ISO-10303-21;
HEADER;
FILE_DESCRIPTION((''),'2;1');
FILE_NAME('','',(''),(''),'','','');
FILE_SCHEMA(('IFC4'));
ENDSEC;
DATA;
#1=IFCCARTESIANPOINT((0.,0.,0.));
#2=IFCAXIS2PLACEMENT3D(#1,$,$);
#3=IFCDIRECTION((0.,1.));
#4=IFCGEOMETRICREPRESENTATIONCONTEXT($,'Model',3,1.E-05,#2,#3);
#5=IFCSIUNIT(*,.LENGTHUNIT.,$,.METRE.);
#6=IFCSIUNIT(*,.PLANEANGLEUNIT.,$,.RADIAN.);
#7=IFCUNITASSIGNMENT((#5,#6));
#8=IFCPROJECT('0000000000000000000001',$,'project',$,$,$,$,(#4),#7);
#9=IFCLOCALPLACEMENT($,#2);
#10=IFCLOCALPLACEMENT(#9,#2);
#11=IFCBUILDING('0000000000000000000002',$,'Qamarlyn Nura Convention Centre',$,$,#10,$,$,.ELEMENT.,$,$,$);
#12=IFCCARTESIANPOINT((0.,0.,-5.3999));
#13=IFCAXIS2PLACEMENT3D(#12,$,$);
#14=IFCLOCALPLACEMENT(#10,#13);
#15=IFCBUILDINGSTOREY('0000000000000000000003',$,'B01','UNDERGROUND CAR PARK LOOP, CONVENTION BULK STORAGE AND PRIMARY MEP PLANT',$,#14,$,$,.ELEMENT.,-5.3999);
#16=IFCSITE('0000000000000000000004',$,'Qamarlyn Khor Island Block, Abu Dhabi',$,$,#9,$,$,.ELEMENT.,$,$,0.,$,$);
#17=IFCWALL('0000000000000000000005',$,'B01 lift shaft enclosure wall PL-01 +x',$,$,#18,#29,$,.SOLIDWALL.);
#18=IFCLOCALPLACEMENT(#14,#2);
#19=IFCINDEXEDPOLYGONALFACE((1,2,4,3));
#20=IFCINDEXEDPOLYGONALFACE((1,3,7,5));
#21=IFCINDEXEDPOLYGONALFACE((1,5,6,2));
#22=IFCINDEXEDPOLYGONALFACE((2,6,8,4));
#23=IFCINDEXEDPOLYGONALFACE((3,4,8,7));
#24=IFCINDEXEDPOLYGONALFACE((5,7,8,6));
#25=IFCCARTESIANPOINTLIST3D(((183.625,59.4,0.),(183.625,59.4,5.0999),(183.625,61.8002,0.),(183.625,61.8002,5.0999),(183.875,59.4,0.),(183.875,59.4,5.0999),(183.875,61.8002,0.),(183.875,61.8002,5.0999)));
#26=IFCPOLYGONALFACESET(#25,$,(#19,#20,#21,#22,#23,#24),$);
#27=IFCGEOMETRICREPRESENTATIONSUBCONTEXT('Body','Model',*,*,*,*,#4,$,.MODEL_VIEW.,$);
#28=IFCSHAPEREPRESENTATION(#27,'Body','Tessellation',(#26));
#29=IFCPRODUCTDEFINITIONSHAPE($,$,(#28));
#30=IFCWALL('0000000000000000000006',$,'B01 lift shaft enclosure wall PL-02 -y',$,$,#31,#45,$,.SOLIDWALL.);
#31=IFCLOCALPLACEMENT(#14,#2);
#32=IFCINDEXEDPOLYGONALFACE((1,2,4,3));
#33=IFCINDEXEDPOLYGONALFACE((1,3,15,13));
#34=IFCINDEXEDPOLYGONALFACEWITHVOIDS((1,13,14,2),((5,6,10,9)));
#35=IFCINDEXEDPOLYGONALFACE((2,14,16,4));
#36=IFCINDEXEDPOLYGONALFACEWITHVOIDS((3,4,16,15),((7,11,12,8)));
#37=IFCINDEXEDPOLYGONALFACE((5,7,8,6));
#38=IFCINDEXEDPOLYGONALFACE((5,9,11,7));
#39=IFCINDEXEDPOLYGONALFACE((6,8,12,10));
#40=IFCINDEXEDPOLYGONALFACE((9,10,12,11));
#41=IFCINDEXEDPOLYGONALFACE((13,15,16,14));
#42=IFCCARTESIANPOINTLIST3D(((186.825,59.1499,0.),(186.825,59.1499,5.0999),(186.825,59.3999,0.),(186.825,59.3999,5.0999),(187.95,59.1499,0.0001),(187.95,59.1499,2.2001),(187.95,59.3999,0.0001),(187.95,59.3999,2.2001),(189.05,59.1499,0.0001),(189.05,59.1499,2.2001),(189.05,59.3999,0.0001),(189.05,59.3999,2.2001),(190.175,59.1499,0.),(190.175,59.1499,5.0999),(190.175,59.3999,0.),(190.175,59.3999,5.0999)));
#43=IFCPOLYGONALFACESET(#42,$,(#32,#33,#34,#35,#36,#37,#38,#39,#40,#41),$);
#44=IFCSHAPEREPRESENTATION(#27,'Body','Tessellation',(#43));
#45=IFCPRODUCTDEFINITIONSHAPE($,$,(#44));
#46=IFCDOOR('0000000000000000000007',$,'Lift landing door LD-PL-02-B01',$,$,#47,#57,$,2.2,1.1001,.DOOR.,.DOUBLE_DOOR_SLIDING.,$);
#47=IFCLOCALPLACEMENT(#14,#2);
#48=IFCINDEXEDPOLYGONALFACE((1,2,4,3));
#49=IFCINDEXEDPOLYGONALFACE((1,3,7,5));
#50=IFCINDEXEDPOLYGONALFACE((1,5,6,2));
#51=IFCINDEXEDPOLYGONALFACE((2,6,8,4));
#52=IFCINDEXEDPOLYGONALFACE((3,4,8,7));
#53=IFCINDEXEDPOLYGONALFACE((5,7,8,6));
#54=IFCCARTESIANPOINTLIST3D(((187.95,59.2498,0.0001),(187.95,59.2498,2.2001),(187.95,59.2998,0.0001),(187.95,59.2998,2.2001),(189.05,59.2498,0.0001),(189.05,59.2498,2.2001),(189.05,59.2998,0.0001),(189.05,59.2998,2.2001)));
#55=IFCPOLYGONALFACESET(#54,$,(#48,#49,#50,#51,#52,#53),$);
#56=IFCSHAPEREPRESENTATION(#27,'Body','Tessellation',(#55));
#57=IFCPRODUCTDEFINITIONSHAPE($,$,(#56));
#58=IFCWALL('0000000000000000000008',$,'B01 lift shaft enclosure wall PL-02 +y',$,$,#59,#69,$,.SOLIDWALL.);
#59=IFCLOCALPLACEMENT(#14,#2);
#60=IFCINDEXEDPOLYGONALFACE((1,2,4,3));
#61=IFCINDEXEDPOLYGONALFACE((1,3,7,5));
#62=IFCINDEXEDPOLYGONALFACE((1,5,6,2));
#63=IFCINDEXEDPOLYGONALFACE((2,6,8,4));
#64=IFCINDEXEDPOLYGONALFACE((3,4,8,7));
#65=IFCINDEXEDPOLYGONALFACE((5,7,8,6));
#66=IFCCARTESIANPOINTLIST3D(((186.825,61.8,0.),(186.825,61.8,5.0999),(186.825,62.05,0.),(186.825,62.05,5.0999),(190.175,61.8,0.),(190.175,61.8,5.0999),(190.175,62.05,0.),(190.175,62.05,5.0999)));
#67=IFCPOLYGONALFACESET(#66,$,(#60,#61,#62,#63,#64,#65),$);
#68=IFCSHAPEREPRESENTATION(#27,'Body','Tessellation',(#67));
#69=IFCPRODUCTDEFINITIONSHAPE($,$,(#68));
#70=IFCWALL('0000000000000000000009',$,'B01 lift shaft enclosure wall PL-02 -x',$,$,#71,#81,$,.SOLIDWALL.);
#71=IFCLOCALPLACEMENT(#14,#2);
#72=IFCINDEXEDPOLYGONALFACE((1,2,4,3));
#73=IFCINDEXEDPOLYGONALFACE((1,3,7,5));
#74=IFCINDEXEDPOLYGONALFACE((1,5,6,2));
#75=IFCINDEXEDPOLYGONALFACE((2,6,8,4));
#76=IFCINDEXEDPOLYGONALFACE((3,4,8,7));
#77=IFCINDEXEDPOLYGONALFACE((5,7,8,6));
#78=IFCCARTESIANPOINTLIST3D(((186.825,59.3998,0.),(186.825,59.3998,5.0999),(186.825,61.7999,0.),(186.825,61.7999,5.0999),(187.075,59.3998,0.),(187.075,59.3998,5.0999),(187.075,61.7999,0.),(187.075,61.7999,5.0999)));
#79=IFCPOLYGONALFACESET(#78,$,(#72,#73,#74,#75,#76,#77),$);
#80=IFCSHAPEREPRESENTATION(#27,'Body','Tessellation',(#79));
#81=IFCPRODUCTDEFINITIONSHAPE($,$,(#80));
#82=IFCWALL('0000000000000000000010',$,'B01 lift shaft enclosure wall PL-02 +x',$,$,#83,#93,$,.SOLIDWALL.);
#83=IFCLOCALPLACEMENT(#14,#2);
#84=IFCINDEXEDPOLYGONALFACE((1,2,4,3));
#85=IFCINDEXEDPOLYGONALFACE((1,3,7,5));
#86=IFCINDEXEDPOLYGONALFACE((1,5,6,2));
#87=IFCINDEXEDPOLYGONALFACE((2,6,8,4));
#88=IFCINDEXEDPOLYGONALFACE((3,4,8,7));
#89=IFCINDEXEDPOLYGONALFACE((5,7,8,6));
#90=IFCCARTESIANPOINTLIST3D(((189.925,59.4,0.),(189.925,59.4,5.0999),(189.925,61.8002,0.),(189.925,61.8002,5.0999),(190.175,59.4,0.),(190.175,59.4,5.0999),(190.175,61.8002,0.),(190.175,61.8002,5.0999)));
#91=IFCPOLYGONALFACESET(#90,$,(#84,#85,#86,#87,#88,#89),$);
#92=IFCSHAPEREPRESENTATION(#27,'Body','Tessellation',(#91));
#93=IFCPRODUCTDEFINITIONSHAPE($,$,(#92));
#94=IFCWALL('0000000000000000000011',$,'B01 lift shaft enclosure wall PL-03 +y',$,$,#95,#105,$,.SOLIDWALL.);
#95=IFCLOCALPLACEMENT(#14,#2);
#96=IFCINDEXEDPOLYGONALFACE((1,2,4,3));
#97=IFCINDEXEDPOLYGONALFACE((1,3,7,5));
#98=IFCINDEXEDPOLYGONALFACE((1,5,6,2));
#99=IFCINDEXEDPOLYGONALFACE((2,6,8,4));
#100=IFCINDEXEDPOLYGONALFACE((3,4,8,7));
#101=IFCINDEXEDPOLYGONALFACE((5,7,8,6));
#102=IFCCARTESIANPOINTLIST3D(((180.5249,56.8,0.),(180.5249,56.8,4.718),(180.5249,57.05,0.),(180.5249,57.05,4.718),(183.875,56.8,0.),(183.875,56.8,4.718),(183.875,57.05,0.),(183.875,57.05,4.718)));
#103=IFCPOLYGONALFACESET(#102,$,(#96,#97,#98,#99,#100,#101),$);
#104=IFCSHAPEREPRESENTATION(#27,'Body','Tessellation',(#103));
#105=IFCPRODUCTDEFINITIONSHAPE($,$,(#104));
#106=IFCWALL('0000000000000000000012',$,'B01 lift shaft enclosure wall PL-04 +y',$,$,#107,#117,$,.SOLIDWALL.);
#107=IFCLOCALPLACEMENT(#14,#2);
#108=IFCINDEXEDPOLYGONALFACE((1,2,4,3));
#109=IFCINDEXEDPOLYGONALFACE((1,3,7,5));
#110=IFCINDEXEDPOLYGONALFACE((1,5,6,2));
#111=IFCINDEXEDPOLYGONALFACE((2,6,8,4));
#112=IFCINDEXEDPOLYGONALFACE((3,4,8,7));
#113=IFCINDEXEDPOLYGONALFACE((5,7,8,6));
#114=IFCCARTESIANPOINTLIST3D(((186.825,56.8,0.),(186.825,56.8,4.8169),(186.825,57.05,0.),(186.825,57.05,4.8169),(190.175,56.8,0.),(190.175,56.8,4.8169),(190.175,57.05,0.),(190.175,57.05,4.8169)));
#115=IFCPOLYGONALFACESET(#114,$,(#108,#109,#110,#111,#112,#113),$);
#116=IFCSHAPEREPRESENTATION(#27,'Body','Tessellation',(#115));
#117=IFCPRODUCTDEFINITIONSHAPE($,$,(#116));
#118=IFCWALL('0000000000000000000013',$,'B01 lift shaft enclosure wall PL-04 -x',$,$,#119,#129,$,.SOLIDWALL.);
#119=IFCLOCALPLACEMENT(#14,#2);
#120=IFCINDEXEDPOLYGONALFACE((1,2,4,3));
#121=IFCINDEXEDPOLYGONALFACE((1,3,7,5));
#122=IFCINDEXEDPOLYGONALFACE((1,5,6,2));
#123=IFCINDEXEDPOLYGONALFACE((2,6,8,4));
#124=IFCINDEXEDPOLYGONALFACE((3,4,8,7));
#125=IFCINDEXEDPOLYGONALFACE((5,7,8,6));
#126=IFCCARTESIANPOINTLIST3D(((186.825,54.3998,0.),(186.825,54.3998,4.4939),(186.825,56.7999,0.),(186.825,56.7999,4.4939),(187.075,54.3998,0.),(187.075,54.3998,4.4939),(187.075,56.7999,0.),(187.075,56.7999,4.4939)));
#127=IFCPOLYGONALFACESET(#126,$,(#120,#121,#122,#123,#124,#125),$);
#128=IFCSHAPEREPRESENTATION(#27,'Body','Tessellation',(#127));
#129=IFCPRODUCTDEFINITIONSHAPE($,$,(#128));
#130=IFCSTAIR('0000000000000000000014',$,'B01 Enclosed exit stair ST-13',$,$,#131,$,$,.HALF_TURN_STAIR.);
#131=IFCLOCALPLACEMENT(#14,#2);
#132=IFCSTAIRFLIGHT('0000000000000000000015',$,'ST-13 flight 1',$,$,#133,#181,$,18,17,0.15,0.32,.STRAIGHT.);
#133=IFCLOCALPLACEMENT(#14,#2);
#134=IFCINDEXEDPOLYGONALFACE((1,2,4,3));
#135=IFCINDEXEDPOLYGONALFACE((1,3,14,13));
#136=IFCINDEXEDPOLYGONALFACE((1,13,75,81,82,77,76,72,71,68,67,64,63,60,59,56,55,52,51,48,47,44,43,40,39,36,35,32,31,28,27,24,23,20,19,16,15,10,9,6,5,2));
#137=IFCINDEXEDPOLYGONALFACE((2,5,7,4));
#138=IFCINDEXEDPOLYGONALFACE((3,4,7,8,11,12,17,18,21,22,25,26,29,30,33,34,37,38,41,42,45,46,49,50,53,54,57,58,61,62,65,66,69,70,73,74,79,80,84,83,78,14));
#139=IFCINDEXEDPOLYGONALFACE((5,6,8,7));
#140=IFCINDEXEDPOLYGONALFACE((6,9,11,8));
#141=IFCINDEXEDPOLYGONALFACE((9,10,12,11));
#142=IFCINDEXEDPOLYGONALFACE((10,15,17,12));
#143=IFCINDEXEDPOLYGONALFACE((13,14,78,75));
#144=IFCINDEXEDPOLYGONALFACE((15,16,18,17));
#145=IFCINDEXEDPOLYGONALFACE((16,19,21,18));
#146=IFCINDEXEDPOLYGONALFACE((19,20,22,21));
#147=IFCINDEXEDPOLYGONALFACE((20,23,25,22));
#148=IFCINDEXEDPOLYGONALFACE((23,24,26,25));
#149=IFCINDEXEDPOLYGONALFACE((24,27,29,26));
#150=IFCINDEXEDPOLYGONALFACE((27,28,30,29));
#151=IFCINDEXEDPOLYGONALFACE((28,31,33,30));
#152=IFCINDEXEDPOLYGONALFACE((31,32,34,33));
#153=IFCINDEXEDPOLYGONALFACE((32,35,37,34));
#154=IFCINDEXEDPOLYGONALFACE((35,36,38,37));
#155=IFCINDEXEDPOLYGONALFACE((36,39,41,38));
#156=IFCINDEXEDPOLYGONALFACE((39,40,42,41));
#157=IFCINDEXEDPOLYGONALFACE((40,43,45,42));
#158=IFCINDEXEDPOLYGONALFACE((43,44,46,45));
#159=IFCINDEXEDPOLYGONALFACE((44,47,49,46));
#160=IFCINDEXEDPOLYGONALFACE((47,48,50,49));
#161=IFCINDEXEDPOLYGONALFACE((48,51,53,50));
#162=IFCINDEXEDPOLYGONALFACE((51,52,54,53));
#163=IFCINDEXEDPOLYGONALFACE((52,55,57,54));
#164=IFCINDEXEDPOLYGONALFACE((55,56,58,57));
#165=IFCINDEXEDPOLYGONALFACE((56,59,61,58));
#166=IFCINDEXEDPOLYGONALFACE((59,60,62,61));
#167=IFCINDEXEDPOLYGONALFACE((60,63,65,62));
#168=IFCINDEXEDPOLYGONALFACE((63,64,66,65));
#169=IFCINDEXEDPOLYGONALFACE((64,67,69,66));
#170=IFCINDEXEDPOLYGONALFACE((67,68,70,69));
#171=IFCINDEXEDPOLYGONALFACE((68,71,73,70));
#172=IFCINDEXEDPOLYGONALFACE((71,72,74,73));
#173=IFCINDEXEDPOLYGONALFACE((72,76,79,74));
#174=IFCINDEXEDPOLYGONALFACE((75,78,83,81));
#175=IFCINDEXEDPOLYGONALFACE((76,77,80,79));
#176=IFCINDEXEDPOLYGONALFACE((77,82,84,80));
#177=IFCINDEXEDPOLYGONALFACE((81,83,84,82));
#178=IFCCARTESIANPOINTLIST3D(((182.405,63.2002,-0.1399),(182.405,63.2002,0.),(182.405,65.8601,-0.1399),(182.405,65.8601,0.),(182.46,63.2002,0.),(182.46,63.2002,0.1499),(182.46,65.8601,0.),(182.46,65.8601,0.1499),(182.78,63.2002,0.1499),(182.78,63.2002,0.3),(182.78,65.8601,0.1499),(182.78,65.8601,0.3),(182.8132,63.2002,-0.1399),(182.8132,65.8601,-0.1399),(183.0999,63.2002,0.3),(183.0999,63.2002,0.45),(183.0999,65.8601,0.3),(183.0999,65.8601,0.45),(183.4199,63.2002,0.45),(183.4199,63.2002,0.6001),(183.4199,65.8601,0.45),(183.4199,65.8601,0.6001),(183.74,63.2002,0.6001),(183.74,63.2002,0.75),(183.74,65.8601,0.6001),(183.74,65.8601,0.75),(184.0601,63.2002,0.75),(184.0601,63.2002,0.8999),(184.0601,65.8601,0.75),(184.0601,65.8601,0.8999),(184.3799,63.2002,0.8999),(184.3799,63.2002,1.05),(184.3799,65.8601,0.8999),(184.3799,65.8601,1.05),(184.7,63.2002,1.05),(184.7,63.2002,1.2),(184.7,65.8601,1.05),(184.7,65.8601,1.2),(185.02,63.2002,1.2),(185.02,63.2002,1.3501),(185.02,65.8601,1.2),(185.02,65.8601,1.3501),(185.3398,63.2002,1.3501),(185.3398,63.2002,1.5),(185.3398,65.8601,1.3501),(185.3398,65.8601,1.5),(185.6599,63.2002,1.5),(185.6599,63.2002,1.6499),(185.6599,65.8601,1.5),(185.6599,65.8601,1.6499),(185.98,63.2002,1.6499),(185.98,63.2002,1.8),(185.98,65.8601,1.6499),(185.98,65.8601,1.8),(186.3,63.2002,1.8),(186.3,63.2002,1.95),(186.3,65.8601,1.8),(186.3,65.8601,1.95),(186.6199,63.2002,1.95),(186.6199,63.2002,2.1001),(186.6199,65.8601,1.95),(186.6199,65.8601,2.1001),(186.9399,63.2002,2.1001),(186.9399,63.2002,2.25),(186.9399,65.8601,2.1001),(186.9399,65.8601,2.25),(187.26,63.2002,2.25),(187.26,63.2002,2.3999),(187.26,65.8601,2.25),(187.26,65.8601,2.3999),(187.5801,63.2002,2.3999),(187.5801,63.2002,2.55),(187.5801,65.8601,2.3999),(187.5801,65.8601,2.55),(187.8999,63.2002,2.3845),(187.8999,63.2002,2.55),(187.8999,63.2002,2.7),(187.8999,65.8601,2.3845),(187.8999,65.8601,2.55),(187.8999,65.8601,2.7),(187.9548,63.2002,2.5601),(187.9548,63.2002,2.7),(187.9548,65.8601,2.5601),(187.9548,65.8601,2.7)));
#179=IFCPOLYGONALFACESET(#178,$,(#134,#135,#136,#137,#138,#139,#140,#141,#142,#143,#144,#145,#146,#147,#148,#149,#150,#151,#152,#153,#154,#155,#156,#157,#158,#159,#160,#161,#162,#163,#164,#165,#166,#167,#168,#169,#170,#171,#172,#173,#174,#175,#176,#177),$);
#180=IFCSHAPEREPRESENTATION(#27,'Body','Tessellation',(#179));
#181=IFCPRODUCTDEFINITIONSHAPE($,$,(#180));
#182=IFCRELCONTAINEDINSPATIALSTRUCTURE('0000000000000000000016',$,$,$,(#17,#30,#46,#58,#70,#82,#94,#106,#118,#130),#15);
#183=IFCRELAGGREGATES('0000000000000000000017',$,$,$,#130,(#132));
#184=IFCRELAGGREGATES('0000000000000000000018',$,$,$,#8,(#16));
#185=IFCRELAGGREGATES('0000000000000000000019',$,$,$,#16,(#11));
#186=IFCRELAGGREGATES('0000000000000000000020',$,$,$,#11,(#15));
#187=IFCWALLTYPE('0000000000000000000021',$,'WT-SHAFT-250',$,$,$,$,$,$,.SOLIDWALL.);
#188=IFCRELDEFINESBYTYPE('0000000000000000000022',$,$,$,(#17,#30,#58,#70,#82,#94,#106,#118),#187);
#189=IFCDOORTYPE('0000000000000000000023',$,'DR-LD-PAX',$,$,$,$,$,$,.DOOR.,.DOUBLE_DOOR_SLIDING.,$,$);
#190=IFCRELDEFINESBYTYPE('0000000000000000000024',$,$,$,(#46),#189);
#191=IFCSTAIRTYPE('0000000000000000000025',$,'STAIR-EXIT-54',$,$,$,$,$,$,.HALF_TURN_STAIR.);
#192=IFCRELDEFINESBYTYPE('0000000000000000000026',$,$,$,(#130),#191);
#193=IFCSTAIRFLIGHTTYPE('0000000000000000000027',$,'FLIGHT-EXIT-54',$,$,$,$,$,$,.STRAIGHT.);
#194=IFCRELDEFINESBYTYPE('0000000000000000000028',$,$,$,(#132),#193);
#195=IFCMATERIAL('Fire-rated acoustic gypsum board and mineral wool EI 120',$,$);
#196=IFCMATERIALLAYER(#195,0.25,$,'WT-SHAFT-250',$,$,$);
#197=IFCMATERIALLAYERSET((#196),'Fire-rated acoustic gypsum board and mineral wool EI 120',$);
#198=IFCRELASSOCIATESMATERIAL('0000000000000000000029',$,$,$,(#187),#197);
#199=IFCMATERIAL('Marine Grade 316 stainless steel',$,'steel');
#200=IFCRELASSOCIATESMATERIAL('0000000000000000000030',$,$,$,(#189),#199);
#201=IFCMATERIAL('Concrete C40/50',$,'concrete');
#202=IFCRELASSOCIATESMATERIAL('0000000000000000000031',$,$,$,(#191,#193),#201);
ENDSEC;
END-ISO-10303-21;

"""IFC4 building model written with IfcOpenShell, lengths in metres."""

from ifc_helpers import new_model, si_unit, direction, frame, frame_2d, origin, place, context, subcontext, project, spatial, polyline, rectangle, outline, extrude, material, layer, layer_set, type_object, element, fill, aggregate, save


model = new_model("IFC4")

# Units and contexts
model_context = context("Model", 3, precision=1e-05, world=origin(), true_north=direction((0.0, 1.0)))
body_context = subcontext(model_context, "Body", "Model", "MODEL_VIEW")
ifc_project = project(units=[si_unit("LENGTHUNIT", "METRE"), si_unit("PLANEANGLEUNIT", "RADIAN")], contexts=[model_context])

# Site, building, storey
site_placement = place(None, origin())
site = spatial("IfcSite", under=ifc_project, at=site_placement, Name="Qamarlyn Khor Island Block, Abu Dhabi", CompositionType="ELEMENT", RefElevation=0.0)
building_placement = place(site_placement, origin())
building = spatial("IfcBuilding", under=site, at=building_placement, Name="Qamarlyn Nura Convention Centre", CompositionType="ELEMENT")
storey_placement = place(building_placement, frame((0.0, 0.0, -5.3999)))
storey = spatial("IfcBuildingStorey", under=building, at=storey_placement, Name="B01", Description="UNDERGROUND CAR PARK LOOP, CONVENTION BULK STORAGE AND PRIMARY MEP PLANT", CompositionType="ELEMENT", Elevation=-5.3999)

# Shared definitions
ifc_material_1 = material(Name="Concrete C40/50", Category="concrete")

# Wall
ifc_material_2 = material(Name="Fire-rated acoustic gypsum board and mineral wool EI 120")
ifc_layer_1 = layer(ifc_material_2, 0.25, Name="WT-SHAFT-250")
ifc_layer_set_1 = layer_set([ifc_layer_1], Name="Fire-rated acoustic gypsum board and mineral wool EI 120")
wall_type_1 = type_object("IfcWallType", Name="WT-SHAFT-250", PredefinedType="SOLIDWALL", material=ifc_layer_set_1)
wall_1_placement = place(storey_placement, frame((183.75, 59.3999, 0.0), z_axis=(0.0, 0.0, 1.0), x_axis=(0.0, 1.0, 0.0)))
element("IfcWall", 1, at=wall_1_placement, inside=storey, type_object=wall_type_1, Name="B01 lift shaft enclosure wall PL-01 +x", PredefinedType="SOLIDWALL", context=body_context, shape_type="SweptSolid", body=[
    extrude(rectangle(XDim=2.4001, YDim=0.25, at=frame_2d((1.2002, 0.0))), origin(), (0.0, 0.0, 1.0), 5.0999),
])

# Wall, opening, door
wall_2_placement = place(storey_placement, frame((186.825, 59.2749, 0.0), z_axis=(0.0, 0.0, 1.0), x_axis=(1.0, 0.0, 0.0)))
wall_2 = element("IfcWall", 2, at=wall_2_placement, inside=storey, type_object=wall_type_1, Name="B01 lift shaft enclosure wall PL-02 -y", PredefinedType="SOLIDWALL", context=body_context, shape_type="SweptSolid", body=[
    extrude(rectangle(XDim=3.3501, YDim=0.25, at=frame_2d((1.675, 0.0))), origin(), (0.0, 0.0, 1.0), 5.0999),
])
opening_placement = place(wall_2_placement, frame((1.125, 0.0, 0.0)))
opening = element("IfcOpeningElement", 3, at=opening_placement, cuts=wall_2, PredefinedType="OPENING", context=body_context, shape_type="SweptSolid", body=[
    extrude(rectangle(XDim=1.1001, YDim=2.2, at=frame_2d((0.55, 1.1001))), frame((0.0, 0.135, 0.0), z_axis=(0.0, -1.0, 0.0), x_axis=(1.0, 0.0, 0.0)), (0.0, 0.0, 1.0), 0.27),
])
ifc_material_3 = material(Name="Marine Grade 316 stainless steel", Category="steel")
door_type = type_object("IfcDoorType", Name="DR-LD-PAX", OperationType="DOUBLE_DOOR_SLIDING", PredefinedType="DOOR", material=ifc_material_3)
door_placement = place(opening_placement, origin())
door = element("IfcDoor", 4, at=door_placement, inside=storey, type_object=door_type, Name="Lift landing door LD-PL-02-B01", OperationType="DOUBLE_DOOR_SLIDING", OverallHeight=2.2, OverallWidth=1.1001, PredefinedType="DOOR", context=body_context, shape_type="SweptSolid", body=[
    extrude(rectangle(XDim=1.1001, YDim=2.2, at=frame_2d((0.55, 1.1001))), frame((0.0, 0.0249, 0.0), z_axis=(0.0, -1.0, 0.0), x_axis=(1.0, 0.0, 0.0)), (0.0, 0.0, 1.0), 0.05),
])
fill(opening, door)

# Walls
wall_3_placement = place(storey_placement, frame((190.175, 61.925, 0.0), z_axis=(0.0, 0.0, 1.0), x_axis=(-1.0, 0.0, 0.0)))
element("IfcWall", 5, at=wall_3_placement, inside=storey, type_object=wall_type_1, Name="B01 lift shaft enclosure wall PL-02 +y", PredefinedType="SOLIDWALL", context=body_context, shape_type="SweptSolid", body=[
    extrude(rectangle(XDim=3.3501, YDim=0.25, at=frame_2d((1.675, 0.0))), origin(), (0.0, 0.0, 1.0), 5.0999),
])
for number, where, z_axis, x_axis, name in (
    (6, (186.95, 61.8, 0.0), (0.0, 0.0, 1.0), (0.0, -1.0, 0.0), "B01 lift shaft enclosure wall PL-02 -x"),
    (7, (190.05, 59.3999, 0.0), (0.0, 0.0, 1.0), (0.0, 1.0, 0.0), "B01 lift shaft enclosure wall PL-02 +x"),
):
    element("IfcWall", number, at=place(storey_placement, frame(where, z_axis=z_axis, x_axis=x_axis)), inside=storey, type_object=wall_type_1, Name=name, PredefinedType="SOLIDWALL", context=body_context, shape_type="SweptSolid", body=[
        extrude(rectangle(XDim=2.4001, YDim=0.25, at=frame_2d((1.2002, 0.0))), origin(), (0.0, 0.0, 1.0), 5.0999),
    ])
wall_4_placement = place(storey_placement, frame((183.875, 56.925, 0.0), z_axis=(0.0, 0.0, 1.0), x_axis=(-1.0, 0.0, 0.0)))
element("IfcWall", 8, at=wall_4_placement, inside=storey, type_object=wall_type_1, Name="B01 lift shaft enclosure wall PL-03 +y", PredefinedType="SOLIDWALL", context=body_context, shape_type="SweptSolid", body=[
    extrude(rectangle(XDim=3.3501, YDim=0.25, at=frame_2d((1.675, 0.0))), origin(), (0.0, 0.0, 1.0), 4.718),
])
wall_5_placement = place(storey_placement, frame((190.175, 56.925, 0.0), z_axis=(0.0, 0.0, 1.0), x_axis=(-1.0, 0.0, 0.0)))
element("IfcWall", 9, at=wall_5_placement, inside=storey, type_object=wall_type_1, Name="B01 lift shaft enclosure wall PL-04 +y", PredefinedType="SOLIDWALL", context=body_context, shape_type="SweptSolid", body=[
    extrude(rectangle(XDim=3.3501, YDim=0.25, at=frame_2d((1.675, 0.0))), origin(), (0.0, 0.0, 1.0), 4.8169),
])
wall_6_placement = place(storey_placement, frame((186.95, 56.8, 0.0), z_axis=(0.0, 0.0, 1.0), x_axis=(0.0, -1.0, 0.0)))
element("IfcWall", 10, at=wall_6_placement, inside=storey, type_object=wall_type_1, Name="B01 lift shaft enclosure wall PL-04 -x", PredefinedType="SOLIDWALL", context=body_context, shape_type="SweptSolid", body=[
    extrude(rectangle(XDim=2.4001, YDim=0.25, at=frame_2d((1.2002, 0.0))), origin(), (0.0, 0.0, 1.0), 4.4939),
])

# Stair, stair flight
stair_type = type_object("IfcStairType", Name="STAIR-EXIT-54", PredefinedType="HALF_TURN_STAIR", material=ifc_material_1)
stair_placement = place(storey_placement, origin())
stair = element("IfcStair", 11, at=stair_placement, inside=storey, type_object=stair_type, Name="B01 Enclosed exit stair ST-13", PredefinedType="HALF_TURN_STAIR")
stair_flight_type = type_object("IfcStairFlightType", Name="FLIGHT-EXIT-54", PredefinedType="STRAIGHT", material=ifc_material_1)
stair_flight_placement = place(storey_placement, frame((182.46, 64.53, 0.0), z_axis=(0.0, 0.0, 1.0), x_axis=(1.0, 0.0, 0.0)))
stair_flight = element("IfcStairFlight", 12, at=stair_flight_placement, type_object=stair_flight_type, Name="ST-13 flight 1", NumberOfRisers=18, NumberOfTreads=17, PredefinedType="STRAIGHT", RiserHeight=0.15, TreadLength=0.32, context=body_context, shape_type="SweptSolid", body=[
    extrude(outline(polyline([(-0.0549, 0.0), (0.0, 0.0), (0.0, 0.1499), (0.3201, 0.1499), (0.3201, 0.3), (0.6399, 0.3), (0.6399, 0.45), (0.96, 0.45), (0.96, 0.6001), (1.28, 0.6001), (1.28, 0.75), (1.6001, 0.75), (1.6001, 0.8999), (1.9199, 0.8999), (1.9199, 1.05), (2.24, 1.05), (2.24, 1.2), (2.5601, 1.2), (2.5601, 1.3501), (2.8799, 1.3501), (2.8799, 1.5), (3.2, 1.5), (3.2, 1.6499), (3.52, 1.6499), (3.52, 1.8), (3.8401, 1.8), (3.8401, 1.95), (4.1599, 1.95), (4.1599, 2.1001), (4.48, 2.1001), (4.48, 2.25), (4.8, 2.25), (4.8, 2.3999), (5.1201, 2.3999), (5.1201, 2.55), (5.4399, 2.55), (5.4399, 2.7), (5.4949, 2.7), (5.4949, 2.5601), (5.4399, 2.3845), (0.3533, -0.1399), (-0.0549, -0.1399), (-0.0549, 0.0)])), frame((0.0, 1.3301, 0.0), z_axis=(0.0, -1.0, 0.0), x_axis=(1.0, 0.0, 0.0)), (0.0, 0.0, 1.0), 2.6599),
])
aggregate(stair, [stair_flight])

save(model, "model.ifc")
